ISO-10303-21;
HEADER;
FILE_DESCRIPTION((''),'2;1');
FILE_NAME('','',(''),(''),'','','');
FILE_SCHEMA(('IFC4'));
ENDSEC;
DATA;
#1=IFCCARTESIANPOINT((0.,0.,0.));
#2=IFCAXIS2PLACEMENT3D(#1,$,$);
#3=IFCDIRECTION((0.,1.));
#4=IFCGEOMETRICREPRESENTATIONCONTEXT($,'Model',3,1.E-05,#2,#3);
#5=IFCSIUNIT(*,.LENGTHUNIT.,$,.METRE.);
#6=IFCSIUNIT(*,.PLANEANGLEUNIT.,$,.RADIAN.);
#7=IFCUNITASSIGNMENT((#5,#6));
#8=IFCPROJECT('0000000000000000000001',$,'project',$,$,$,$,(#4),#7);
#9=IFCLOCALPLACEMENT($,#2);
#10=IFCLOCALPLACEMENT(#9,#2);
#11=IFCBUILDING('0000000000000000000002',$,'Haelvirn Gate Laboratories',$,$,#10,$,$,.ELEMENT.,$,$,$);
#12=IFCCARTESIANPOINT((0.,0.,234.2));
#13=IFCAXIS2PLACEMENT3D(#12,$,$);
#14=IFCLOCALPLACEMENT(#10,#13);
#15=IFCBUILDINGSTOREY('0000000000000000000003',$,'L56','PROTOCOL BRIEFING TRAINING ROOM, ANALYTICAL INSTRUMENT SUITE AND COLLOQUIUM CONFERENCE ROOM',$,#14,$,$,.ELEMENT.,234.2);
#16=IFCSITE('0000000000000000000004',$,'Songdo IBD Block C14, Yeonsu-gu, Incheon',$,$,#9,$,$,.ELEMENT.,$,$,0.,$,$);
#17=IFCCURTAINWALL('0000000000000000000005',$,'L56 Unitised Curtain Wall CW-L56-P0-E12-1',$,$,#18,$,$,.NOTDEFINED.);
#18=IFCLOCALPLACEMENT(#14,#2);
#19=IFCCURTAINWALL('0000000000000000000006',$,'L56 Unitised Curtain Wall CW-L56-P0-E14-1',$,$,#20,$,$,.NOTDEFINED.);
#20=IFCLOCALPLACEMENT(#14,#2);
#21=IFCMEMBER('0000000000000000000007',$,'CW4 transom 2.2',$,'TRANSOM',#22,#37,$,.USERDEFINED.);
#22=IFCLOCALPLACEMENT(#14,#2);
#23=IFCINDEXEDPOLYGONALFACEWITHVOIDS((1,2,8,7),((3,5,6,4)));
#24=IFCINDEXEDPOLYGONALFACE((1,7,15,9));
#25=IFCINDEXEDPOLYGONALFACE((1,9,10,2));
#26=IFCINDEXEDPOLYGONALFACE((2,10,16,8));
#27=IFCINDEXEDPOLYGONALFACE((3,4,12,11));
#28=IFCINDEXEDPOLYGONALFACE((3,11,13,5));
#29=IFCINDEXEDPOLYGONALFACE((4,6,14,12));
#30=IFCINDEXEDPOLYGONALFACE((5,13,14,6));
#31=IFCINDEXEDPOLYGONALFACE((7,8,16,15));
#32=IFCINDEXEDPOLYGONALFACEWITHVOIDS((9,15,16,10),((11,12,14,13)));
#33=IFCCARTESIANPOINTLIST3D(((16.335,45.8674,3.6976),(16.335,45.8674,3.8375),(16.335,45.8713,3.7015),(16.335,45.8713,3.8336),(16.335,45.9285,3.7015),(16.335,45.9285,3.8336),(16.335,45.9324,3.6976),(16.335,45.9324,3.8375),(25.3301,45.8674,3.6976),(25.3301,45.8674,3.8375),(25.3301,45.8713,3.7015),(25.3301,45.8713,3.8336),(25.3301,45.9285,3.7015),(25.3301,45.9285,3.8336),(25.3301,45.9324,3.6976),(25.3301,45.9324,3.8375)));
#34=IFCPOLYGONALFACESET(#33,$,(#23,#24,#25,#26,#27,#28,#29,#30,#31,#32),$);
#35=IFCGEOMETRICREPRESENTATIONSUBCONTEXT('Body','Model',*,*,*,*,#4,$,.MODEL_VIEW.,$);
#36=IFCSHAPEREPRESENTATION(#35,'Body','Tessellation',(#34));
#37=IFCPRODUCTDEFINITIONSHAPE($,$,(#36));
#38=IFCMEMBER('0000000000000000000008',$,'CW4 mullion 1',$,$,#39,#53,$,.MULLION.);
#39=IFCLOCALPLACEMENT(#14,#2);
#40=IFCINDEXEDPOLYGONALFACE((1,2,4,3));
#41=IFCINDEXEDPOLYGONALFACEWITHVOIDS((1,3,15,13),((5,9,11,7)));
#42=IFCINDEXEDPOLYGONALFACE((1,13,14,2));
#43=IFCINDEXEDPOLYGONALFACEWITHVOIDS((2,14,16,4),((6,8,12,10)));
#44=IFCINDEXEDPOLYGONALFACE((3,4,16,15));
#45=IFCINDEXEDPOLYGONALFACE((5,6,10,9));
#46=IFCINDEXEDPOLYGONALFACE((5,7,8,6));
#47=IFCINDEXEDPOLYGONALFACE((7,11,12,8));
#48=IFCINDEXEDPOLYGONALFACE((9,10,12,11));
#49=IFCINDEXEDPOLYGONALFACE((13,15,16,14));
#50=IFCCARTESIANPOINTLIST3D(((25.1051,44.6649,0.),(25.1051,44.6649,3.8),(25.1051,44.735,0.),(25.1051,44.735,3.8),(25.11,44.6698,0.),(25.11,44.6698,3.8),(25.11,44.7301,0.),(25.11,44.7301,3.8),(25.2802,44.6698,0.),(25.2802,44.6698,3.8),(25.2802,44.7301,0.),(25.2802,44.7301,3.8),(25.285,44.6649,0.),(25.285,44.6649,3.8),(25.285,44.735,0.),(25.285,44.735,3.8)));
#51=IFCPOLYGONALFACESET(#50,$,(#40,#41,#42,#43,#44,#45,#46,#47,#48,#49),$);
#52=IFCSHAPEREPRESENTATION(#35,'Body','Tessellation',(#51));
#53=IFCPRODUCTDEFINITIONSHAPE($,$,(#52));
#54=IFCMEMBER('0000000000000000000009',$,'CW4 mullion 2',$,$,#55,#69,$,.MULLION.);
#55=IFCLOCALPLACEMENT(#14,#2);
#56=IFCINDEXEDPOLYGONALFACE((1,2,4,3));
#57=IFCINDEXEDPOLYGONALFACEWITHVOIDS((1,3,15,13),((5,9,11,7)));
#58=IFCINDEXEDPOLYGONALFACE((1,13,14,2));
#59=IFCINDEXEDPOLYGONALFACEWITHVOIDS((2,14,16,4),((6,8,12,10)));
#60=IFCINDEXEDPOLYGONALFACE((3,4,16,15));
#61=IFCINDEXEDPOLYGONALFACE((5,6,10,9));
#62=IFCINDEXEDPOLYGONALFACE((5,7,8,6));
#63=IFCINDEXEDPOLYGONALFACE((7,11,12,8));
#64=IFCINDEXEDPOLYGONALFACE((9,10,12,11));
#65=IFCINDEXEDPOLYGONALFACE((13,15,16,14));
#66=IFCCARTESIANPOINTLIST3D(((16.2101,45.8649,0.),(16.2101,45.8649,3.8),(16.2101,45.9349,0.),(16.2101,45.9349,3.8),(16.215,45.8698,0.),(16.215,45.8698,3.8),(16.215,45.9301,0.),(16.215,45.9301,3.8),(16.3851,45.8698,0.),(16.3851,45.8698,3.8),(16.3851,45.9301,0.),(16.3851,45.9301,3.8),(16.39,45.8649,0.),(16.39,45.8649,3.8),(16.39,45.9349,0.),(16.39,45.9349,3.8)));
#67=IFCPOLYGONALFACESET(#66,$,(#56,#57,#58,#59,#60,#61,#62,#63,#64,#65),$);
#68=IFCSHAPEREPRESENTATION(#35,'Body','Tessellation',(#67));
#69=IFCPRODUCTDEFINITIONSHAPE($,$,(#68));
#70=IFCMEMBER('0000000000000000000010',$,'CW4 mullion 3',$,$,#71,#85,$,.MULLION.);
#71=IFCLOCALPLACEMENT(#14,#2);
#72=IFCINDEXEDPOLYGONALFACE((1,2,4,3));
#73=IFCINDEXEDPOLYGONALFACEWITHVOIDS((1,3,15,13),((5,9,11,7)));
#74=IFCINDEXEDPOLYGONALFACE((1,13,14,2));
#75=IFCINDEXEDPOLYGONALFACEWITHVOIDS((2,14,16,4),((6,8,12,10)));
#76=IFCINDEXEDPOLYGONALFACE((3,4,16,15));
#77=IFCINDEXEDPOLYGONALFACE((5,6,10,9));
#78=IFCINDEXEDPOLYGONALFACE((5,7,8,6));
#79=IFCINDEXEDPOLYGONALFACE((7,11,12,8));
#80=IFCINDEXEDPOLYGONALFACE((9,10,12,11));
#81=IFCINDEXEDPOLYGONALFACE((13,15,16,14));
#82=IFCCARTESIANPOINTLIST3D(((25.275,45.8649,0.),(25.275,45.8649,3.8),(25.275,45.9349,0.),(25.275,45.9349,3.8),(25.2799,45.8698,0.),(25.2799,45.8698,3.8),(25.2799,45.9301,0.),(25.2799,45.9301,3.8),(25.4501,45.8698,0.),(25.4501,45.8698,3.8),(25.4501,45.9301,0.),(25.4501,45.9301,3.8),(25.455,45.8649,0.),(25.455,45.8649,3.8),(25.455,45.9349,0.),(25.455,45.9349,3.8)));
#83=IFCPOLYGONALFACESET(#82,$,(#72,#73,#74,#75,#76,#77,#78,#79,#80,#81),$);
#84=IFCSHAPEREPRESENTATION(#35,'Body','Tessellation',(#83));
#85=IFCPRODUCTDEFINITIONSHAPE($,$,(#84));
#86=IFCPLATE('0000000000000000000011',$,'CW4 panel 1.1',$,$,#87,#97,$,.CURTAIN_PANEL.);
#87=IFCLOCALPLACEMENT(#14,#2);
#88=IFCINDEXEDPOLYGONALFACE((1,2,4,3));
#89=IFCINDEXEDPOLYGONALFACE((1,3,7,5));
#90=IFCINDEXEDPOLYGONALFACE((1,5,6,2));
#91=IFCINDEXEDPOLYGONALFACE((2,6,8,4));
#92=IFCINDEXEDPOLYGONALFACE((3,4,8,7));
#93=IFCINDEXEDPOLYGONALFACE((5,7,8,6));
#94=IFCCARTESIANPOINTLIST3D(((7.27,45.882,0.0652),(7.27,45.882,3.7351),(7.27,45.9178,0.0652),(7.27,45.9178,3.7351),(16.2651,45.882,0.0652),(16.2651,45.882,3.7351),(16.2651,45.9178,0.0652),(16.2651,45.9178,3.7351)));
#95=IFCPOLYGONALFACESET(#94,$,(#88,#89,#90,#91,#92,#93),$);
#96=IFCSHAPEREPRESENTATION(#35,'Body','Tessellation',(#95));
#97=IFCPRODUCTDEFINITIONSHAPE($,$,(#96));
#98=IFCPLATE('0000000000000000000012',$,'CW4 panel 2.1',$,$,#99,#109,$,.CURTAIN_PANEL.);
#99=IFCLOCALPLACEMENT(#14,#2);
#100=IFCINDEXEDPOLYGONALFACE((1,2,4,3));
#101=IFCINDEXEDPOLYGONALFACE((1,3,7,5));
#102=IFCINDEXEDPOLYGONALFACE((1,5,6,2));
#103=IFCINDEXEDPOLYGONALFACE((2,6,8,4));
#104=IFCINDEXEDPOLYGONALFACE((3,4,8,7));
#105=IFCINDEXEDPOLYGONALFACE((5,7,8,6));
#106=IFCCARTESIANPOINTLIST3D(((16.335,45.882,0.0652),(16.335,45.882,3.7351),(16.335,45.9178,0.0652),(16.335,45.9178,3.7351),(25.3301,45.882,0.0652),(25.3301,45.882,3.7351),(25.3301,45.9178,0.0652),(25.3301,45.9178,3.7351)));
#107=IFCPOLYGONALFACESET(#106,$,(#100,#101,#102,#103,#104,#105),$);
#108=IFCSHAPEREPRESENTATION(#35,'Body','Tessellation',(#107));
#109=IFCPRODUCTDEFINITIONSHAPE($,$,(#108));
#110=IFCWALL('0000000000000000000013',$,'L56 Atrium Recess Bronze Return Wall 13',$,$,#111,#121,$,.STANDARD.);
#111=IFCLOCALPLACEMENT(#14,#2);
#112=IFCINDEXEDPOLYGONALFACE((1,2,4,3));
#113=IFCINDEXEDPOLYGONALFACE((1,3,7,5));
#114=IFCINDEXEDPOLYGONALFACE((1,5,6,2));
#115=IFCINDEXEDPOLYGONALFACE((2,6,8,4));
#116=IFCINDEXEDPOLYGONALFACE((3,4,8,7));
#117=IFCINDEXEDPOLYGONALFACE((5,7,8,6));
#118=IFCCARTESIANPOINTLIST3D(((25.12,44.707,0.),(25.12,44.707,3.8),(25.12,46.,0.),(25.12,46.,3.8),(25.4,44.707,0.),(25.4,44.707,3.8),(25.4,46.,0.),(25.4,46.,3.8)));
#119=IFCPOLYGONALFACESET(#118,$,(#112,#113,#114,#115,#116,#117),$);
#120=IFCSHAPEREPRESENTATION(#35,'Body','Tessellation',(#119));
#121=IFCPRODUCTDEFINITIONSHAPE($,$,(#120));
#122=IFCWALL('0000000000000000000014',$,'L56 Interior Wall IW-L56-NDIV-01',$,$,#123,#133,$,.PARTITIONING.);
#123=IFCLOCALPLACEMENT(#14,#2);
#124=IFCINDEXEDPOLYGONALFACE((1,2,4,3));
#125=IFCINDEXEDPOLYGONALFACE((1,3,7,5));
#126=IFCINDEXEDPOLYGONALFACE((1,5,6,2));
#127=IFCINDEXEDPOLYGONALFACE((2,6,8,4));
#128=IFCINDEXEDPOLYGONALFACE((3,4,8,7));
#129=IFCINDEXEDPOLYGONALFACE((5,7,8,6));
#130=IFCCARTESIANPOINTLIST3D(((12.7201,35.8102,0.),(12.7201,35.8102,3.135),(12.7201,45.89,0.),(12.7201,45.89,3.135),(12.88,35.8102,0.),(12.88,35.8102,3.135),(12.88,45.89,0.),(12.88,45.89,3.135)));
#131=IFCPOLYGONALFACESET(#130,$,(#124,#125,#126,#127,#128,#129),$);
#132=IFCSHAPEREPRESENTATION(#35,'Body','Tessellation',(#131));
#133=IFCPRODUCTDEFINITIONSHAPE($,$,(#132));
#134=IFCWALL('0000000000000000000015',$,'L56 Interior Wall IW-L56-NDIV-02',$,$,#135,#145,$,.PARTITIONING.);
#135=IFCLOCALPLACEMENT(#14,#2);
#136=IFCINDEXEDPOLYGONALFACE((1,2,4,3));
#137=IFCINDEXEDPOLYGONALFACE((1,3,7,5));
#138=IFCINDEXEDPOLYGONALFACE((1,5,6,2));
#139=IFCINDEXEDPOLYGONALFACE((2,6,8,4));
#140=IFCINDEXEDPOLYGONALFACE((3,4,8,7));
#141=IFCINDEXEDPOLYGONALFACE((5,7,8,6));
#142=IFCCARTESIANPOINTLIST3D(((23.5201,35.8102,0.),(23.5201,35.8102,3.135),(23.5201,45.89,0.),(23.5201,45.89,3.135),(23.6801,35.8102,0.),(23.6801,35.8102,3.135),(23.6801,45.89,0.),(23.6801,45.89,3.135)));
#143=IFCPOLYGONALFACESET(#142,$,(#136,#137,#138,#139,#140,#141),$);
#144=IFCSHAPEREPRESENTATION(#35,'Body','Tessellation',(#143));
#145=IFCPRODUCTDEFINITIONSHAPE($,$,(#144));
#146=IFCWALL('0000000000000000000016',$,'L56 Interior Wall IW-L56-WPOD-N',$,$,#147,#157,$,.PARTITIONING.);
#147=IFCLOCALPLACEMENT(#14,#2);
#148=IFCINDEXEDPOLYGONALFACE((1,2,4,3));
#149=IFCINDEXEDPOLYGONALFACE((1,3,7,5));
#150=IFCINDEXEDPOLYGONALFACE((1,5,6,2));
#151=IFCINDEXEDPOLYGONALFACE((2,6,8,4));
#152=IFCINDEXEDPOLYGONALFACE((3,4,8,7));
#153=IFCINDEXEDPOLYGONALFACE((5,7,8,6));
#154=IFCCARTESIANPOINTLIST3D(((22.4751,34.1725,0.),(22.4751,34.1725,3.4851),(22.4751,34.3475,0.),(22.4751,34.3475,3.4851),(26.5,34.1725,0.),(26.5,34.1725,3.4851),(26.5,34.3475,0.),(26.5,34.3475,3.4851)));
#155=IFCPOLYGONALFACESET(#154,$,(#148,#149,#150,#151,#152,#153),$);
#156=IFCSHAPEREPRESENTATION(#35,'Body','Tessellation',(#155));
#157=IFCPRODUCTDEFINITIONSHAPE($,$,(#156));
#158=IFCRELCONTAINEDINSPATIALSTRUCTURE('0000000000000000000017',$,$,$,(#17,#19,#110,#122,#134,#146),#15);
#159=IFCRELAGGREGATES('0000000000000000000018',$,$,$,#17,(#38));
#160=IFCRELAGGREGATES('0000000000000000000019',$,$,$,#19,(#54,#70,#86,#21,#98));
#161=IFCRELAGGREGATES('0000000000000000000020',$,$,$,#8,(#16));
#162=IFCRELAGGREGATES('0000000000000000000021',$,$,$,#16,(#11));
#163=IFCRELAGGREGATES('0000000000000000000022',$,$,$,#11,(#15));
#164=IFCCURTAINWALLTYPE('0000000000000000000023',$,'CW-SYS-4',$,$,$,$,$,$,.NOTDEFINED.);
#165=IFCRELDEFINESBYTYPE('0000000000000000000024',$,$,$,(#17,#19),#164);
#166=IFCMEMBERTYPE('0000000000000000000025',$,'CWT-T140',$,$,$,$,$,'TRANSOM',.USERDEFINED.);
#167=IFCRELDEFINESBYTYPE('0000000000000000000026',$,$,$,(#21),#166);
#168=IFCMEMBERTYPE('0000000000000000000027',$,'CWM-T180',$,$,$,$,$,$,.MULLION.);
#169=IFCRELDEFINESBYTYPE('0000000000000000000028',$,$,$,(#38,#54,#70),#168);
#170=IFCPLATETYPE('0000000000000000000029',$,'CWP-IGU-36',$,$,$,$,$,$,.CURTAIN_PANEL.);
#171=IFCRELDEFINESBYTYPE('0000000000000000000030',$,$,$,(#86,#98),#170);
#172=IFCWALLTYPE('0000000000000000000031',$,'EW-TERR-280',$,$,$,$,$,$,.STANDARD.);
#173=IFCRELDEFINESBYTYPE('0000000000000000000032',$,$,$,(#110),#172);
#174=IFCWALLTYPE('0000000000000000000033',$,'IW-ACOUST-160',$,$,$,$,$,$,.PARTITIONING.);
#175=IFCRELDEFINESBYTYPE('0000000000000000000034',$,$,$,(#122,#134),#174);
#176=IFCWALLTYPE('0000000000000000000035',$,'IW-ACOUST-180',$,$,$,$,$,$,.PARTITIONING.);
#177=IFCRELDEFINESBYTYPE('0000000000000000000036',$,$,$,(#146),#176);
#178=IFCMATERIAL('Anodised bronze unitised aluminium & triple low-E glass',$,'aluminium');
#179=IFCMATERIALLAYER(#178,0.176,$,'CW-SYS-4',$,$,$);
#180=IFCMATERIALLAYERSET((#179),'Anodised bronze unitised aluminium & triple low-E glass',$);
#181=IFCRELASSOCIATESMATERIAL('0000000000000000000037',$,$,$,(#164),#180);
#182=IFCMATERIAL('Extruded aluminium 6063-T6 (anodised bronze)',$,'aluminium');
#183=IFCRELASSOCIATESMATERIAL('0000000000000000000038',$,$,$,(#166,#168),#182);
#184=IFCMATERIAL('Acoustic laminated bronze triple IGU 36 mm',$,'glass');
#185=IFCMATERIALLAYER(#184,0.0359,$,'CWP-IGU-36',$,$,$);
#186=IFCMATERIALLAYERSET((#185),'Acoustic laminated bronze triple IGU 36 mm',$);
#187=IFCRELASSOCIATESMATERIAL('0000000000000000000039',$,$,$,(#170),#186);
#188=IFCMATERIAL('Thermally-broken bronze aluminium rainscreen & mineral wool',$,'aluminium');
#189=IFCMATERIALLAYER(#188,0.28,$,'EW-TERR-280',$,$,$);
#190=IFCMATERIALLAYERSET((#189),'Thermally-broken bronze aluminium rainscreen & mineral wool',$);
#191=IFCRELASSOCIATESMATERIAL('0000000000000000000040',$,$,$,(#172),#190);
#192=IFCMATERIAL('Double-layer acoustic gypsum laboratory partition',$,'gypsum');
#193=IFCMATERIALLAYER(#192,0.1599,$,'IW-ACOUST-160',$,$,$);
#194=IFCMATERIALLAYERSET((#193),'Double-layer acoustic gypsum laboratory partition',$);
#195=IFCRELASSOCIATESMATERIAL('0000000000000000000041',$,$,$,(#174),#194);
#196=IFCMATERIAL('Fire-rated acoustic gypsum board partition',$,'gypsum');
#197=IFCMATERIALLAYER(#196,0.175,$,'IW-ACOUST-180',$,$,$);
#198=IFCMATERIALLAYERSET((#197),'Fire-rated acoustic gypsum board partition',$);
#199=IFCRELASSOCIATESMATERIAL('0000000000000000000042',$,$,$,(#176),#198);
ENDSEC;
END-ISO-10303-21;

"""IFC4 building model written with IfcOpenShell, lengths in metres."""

from ifc_helpers import new_model, si_unit, direction, frame, frame_2d, origin, origin_2d, place, context, subcontext, project, spatial, rectangle, hollow_rectangle, extrude, source, transform, mapped, material, layer, layer_set, material_profile, profile_set, type_object, type_shapes, element, aggregate, save


model = new_model("IFC4")

# Units and contexts
model_context = context("Model", 3, precision=1e-05, world=origin(), true_north=direction((0.0, 1.0)))
body_context = subcontext(model_context, "Body", "Model", "MODEL_VIEW")
ifc_project = project(units=[si_unit("LENGTHUNIT", "METRE"), si_unit("PLANEANGLEUNIT", "RADIAN")], contexts=[model_context])

# Site, building, storey
site_placement = place(None, origin())
site = spatial("IfcSite", under=ifc_project, at=site_placement, Name="Songdo IBD Block C14, Yeonsu-gu, Incheon", CompositionType="ELEMENT", RefElevation=0.0)
building_placement = place(site_placement, origin())
building = spatial("IfcBuilding", under=site, at=building_placement, Name="Haelvirn Gate Laboratories", CompositionType="ELEMENT")
storey_placement = place(building_placement, frame((0.0, 0.0, 234.2)))
storey = spatial("IfcBuildingStorey", under=building, at=storey_placement, Name="L56", Description="PROTOCOL BRIEFING TRAINING ROOM, ANALYTICAL INSTRUMENT SUITE AND COLLOQUIUM CONFERENCE ROOM", CompositionType="ELEMENT", Elevation=234.2)

# Curtain walls, member
ifc_material_1 = material(Name="Anodised bronze unitised aluminium & triple low-E glass", Category="aluminium")
ifc_layer_1 = layer(ifc_material_1, 0.176, Name="CW-SYS-4")
ifc_layer_set_1 = layer_set([ifc_layer_1], Name="Anodised bronze unitised aluminium & triple low-E glass")
curtain_wall_type = type_object("IfcCurtainWallType", Name="CW-SYS-4", PredefinedType="NOTDEFINED", material=ifc_layer_set_1)
curtain_wall_1_placement = place(storey_placement, origin())
curtain_wall_1 = element("IfcCurtainWall", 1, at=curtain_wall_1_placement, inside=storey, type_object=curtain_wall_type, Name="L56 Unitised Curtain Wall CW-L56-P0-E12-1", PredefinedType="NOTDEFINED")
ifc_material_2 = material(Name="Extruded aluminium 6063-T6 (anodised bronze)", Category="aluminium")
ifc_material_profile_1 = material_profile(ifc_material_2, hollow_rectangle(XDim=0.0649, YDim=0.1399, WallThickness=0.0039, at=origin_2d()), Name="CWT-140x65x4")
ifc_profile_set_1 = profile_set([ifc_material_profile_1], Name="Extruded aluminium 6063-T6 (anodised bronze)")
member_type_1 = type_object("IfcMemberType", Name="CWT-T140", ElementType="TRANSOM", PredefinedType="USERDEFINED", material=ifc_profile_set_1)
curtain_wall_2_placement = place(storey_placement, origin())
curtain_wall_2 = element("IfcCurtainWall", 2, at=curtain_wall_2_placement, inside=storey, type_object=curtain_wall_type, Name="L56 Unitised Curtain Wall CW-L56-P0-E14-1", PredefinedType="NOTDEFINED")
shared_shape_1 = source(origin(), body_context, "Body", "SweptSolid", [
    extrude(hollow_rectangle(XDim=0.0649, YDim=0.1399, WallThickness=0.0039, at=origin_2d()), origin(), (0.0, 0.0, 1.0), 8.9951),
])
member_1_placement = place(storey_placement, frame((16.335, 45.8999, 3.7676), z_axis=(1.0, 0.0, 0.0), x_axis=(0.0, 1.0, 0.0)))
member_1 = element("IfcMember", 3, at=member_1_placement, type_object=member_type_1, Name="CW4 transom 2.2", ObjectType="TRANSOM", PredefinedType="USERDEFINED", context=body_context, shape_type="MappedRepresentation", body=[
    mapped(shared_shape_1, transform((0.0, 0.0, 0.0), scale=1.0)),
])

# Members
ifc_material_profile_2 = material_profile(ifc_material_2, hollow_rectangle(XDim=0.0701, YDim=0.1799, WallThickness=0.0049, at=origin_2d()), Name="CWM-180x70x5")
ifc_profile_set_2 = profile_set([ifc_material_profile_2], Name="Extruded aluminium 6063-T6 (anodised bronze)")
member_type_2 = type_object("IfcMemberType", Name="CWM-T180", PredefinedType="MULLION", material=ifc_profile_set_2)
shared_shape_2 = source(origin(), body_context, "Body", "SweptSolid", [
    extrude(hollow_rectangle(XDim=0.0701, YDim=0.1799, WallThickness=0.0049, at=origin_2d()), origin(), (0.0, 0.0, 1.0), 3.8),
])
type_shapes(member_type_2, [shared_shape_2])
member_2_placement = place(storey_placement, frame((25.1951, 44.7, 0.0), z_axis=(0.0, 0.0, 1.0), x_axis=(0.0, 1.0, 0.0)))
member_2 = element("IfcMember", 4, at=member_2_placement, type_object=member_type_2, Name="CW4 mullion 1", PredefinedType="MULLION", context=body_context, shape_type="MappedRepresentation", body=[
    mapped(shared_shape_2, transform((0.0, 0.0, 0.0), scale=1.0)),
])
aggregate(curtain_wall_1, [member_2])
member_3_placement = place(storey_placement, frame((16.3, 45.8999, 0.0), z_axis=(0.0, 0.0, 1.0), x_axis=(0.0, 1.0, 0.0)))
member_3 = element("IfcMember", 5, at=member_3_placement, type_object=member_type_2, Name="CW4 mullion 2", PredefinedType="MULLION", context=body_context, shape_type="MappedRepresentation", body=[
    mapped(shared_shape_2, transform((0.0, 0.0, 0.0), scale=1.0)),
])
member_4_placement = place(storey_placement, frame((25.365, 45.8999, 0.0), z_axis=(0.0, 0.0, 1.0), x_axis=(0.0, 1.0, 0.0)))
member_4 = element("IfcMember", 6, at=member_4_placement, type_object=member_type_2, Name="CW4 mullion 3", PredefinedType="MULLION", context=body_context, shape_type="MappedRepresentation", body=[
    mapped(shared_shape_2, transform((0.0, 0.0, 0.0), scale=1.0)),
])

# Plates
ifc_material_3 = material(Name="Acoustic laminated bronze triple IGU 36 mm", Category="glass")
ifc_layer_2 = layer(ifc_material_3, 0.0359, Name="CWP-IGU-36")
ifc_layer_set_2 = layer_set([ifc_layer_2], Name="Acoustic laminated bronze triple IGU 36 mm")
plate_type = type_object("IfcPlateType", Name="CWP-IGU-36", PredefinedType="CURTAIN_PANEL", material=ifc_layer_set_2)
shared_shape_3 = source(origin(), body_context, "Body", "SweptSolid", [
    extrude(rectangle(XDim=8.9951, YDim=0.0359, at=origin_2d()), origin(), (0.0, 0.0, 1.0), 3.6699),
])
type_shapes(plate_type, [shared_shape_3])
plate_1_placement = place(storey_placement, frame((11.7676, 45.8999, 0.0652), z_axis=(0.0, 0.0, 1.0), x_axis=(1.0, 0.0, 0.0)))
plate_1 = element("IfcPlate", 7, at=plate_1_placement, type_object=plate_type, Name="CW4 panel 1.1", PredefinedType="CURTAIN_PANEL", context=body_context, shape_type="MappedRepresentation", body=[
    mapped(shared_shape_3, transform((0.0, 0.0, 0.0), scale=1.0)),
])
plate_2_placement = place(storey_placement, frame((20.8325, 45.8999, 0.0652), z_axis=(0.0, 0.0, 1.0), x_axis=(1.0, 0.0, 0.0)))
plate_2 = element("IfcPlate", 8, at=plate_2_placement, type_object=plate_type, Name="CW4 panel 2.1", PredefinedType="CURTAIN_PANEL", context=body_context, shape_type="MappedRepresentation", body=[
    mapped(shared_shape_3, transform((0.0, 0.0, 0.0), scale=1.0)),
])
aggregate(curtain_wall_2, [member_3, member_4, plate_1, member_1, plate_2])

# Walls
ifc_material_4 = material(Name="Thermally-broken bronze aluminium rainscreen & mineral wool", Category="aluminium")
ifc_layer_3 = layer(ifc_material_4, 0.28, Name="EW-TERR-280")
ifc_layer_set_3 = layer_set([ifc_layer_3], Name="Thermally-broken bronze aluminium rainscreen & mineral wool")
wall_type_1 = type_object("IfcWallType", Name="EW-TERR-280", PredefinedType="STANDARD", material=ifc_layer_set_3)
wall_1_placement = place(storey_placement, frame((25.26, 44.707, 0.0), z_axis=(0.0, 0.0, 1.0), x_axis=(0.0, 1.0, 0.0)))
element("IfcWall", 9, at=wall_1_placement, inside=storey, type_object=wall_type_1, Name="L56 Atrium Recess Bronze Return Wall 13", PredefinedType="STANDARD", context=body_context, shape_type="SweptSolid", body=[
    extrude(rectangle(XDim=1.293, YDim=0.28, at=frame_2d((0.6465, 0.0))), origin(), (0.0, 0.0, 1.0), 3.8),
])
ifc_material_5 = material(Name="Double-layer acoustic gypsum laboratory partition", Category="gypsum")
ifc_layer_4 = layer(ifc_material_5, 0.1599, Name="IW-ACOUST-160")
ifc_layer_set_4 = layer_set([ifc_layer_4], Name="Double-layer acoustic gypsum laboratory partition")
wall_type_2 = type_object("IfcWallType", Name="IW-ACOUST-160", PredefinedType="PARTITIONING", material=ifc_layer_set_4)
for number, where, z_axis, x_axis, name in (
    (10, (12.8, 35.8101, 0.0), (0.0, 0.0, 1.0), (0.0, 1.0, 0.0), "L56 Interior Wall IW-L56-NDIV-01"),
    (11, (23.6001, 35.8101, 0.0), (0.0, 0.0, 1.0), (0.0, 1.0, 0.0), "L56 Interior Wall IW-L56-NDIV-02"),
):
    element("IfcWall", number, at=place(storey_placement, frame(where, z_axis=z_axis, x_axis=x_axis)), inside=storey, type_object=wall_type_2, Name=name, PredefinedType="PARTITIONING", context=body_context, shape_type="SweptSolid", body=[
        extrude(rectangle(XDim=10.0798, YDim=0.1599, at=frame_2d((5.04, 0.0))), origin(), (0.0, 0.0, 1.0), 3.135),
    ])
ifc_material_6 = material(Name="Fire-rated acoustic gypsum board partition", Category="gypsum")
ifc_layer_5 = layer(ifc_material_6, 0.175, Name="IW-ACOUST-180")
ifc_layer_set_5 = layer_set([ifc_layer_5], Name="Fire-rated acoustic gypsum board partition")
wall_type_3 = type_object("IfcWallType", Name="IW-ACOUST-180", PredefinedType="PARTITIONING", material=ifc_layer_set_5)
wall_2_placement = place(storey_placement, frame((22.4751, 34.26, 0.0), z_axis=(0.0, 0.0, 1.0), x_axis=(1.0, 0.0, 0.0)))
element("IfcWall", 12, at=wall_2_placement, inside=storey, type_object=wall_type_3, Name="L56 Interior Wall IW-L56-WPOD-N", PredefinedType="PARTITIONING", context=body_context, shape_type="SweptSolid", body=[
    extrude(rectangle(XDim=4.0249, YDim=0.175, at=frame_2d((2.0125, 0.0))), origin(), (0.0, 0.0, 1.0), 3.4851),
])

save(model, "model.ifc")
